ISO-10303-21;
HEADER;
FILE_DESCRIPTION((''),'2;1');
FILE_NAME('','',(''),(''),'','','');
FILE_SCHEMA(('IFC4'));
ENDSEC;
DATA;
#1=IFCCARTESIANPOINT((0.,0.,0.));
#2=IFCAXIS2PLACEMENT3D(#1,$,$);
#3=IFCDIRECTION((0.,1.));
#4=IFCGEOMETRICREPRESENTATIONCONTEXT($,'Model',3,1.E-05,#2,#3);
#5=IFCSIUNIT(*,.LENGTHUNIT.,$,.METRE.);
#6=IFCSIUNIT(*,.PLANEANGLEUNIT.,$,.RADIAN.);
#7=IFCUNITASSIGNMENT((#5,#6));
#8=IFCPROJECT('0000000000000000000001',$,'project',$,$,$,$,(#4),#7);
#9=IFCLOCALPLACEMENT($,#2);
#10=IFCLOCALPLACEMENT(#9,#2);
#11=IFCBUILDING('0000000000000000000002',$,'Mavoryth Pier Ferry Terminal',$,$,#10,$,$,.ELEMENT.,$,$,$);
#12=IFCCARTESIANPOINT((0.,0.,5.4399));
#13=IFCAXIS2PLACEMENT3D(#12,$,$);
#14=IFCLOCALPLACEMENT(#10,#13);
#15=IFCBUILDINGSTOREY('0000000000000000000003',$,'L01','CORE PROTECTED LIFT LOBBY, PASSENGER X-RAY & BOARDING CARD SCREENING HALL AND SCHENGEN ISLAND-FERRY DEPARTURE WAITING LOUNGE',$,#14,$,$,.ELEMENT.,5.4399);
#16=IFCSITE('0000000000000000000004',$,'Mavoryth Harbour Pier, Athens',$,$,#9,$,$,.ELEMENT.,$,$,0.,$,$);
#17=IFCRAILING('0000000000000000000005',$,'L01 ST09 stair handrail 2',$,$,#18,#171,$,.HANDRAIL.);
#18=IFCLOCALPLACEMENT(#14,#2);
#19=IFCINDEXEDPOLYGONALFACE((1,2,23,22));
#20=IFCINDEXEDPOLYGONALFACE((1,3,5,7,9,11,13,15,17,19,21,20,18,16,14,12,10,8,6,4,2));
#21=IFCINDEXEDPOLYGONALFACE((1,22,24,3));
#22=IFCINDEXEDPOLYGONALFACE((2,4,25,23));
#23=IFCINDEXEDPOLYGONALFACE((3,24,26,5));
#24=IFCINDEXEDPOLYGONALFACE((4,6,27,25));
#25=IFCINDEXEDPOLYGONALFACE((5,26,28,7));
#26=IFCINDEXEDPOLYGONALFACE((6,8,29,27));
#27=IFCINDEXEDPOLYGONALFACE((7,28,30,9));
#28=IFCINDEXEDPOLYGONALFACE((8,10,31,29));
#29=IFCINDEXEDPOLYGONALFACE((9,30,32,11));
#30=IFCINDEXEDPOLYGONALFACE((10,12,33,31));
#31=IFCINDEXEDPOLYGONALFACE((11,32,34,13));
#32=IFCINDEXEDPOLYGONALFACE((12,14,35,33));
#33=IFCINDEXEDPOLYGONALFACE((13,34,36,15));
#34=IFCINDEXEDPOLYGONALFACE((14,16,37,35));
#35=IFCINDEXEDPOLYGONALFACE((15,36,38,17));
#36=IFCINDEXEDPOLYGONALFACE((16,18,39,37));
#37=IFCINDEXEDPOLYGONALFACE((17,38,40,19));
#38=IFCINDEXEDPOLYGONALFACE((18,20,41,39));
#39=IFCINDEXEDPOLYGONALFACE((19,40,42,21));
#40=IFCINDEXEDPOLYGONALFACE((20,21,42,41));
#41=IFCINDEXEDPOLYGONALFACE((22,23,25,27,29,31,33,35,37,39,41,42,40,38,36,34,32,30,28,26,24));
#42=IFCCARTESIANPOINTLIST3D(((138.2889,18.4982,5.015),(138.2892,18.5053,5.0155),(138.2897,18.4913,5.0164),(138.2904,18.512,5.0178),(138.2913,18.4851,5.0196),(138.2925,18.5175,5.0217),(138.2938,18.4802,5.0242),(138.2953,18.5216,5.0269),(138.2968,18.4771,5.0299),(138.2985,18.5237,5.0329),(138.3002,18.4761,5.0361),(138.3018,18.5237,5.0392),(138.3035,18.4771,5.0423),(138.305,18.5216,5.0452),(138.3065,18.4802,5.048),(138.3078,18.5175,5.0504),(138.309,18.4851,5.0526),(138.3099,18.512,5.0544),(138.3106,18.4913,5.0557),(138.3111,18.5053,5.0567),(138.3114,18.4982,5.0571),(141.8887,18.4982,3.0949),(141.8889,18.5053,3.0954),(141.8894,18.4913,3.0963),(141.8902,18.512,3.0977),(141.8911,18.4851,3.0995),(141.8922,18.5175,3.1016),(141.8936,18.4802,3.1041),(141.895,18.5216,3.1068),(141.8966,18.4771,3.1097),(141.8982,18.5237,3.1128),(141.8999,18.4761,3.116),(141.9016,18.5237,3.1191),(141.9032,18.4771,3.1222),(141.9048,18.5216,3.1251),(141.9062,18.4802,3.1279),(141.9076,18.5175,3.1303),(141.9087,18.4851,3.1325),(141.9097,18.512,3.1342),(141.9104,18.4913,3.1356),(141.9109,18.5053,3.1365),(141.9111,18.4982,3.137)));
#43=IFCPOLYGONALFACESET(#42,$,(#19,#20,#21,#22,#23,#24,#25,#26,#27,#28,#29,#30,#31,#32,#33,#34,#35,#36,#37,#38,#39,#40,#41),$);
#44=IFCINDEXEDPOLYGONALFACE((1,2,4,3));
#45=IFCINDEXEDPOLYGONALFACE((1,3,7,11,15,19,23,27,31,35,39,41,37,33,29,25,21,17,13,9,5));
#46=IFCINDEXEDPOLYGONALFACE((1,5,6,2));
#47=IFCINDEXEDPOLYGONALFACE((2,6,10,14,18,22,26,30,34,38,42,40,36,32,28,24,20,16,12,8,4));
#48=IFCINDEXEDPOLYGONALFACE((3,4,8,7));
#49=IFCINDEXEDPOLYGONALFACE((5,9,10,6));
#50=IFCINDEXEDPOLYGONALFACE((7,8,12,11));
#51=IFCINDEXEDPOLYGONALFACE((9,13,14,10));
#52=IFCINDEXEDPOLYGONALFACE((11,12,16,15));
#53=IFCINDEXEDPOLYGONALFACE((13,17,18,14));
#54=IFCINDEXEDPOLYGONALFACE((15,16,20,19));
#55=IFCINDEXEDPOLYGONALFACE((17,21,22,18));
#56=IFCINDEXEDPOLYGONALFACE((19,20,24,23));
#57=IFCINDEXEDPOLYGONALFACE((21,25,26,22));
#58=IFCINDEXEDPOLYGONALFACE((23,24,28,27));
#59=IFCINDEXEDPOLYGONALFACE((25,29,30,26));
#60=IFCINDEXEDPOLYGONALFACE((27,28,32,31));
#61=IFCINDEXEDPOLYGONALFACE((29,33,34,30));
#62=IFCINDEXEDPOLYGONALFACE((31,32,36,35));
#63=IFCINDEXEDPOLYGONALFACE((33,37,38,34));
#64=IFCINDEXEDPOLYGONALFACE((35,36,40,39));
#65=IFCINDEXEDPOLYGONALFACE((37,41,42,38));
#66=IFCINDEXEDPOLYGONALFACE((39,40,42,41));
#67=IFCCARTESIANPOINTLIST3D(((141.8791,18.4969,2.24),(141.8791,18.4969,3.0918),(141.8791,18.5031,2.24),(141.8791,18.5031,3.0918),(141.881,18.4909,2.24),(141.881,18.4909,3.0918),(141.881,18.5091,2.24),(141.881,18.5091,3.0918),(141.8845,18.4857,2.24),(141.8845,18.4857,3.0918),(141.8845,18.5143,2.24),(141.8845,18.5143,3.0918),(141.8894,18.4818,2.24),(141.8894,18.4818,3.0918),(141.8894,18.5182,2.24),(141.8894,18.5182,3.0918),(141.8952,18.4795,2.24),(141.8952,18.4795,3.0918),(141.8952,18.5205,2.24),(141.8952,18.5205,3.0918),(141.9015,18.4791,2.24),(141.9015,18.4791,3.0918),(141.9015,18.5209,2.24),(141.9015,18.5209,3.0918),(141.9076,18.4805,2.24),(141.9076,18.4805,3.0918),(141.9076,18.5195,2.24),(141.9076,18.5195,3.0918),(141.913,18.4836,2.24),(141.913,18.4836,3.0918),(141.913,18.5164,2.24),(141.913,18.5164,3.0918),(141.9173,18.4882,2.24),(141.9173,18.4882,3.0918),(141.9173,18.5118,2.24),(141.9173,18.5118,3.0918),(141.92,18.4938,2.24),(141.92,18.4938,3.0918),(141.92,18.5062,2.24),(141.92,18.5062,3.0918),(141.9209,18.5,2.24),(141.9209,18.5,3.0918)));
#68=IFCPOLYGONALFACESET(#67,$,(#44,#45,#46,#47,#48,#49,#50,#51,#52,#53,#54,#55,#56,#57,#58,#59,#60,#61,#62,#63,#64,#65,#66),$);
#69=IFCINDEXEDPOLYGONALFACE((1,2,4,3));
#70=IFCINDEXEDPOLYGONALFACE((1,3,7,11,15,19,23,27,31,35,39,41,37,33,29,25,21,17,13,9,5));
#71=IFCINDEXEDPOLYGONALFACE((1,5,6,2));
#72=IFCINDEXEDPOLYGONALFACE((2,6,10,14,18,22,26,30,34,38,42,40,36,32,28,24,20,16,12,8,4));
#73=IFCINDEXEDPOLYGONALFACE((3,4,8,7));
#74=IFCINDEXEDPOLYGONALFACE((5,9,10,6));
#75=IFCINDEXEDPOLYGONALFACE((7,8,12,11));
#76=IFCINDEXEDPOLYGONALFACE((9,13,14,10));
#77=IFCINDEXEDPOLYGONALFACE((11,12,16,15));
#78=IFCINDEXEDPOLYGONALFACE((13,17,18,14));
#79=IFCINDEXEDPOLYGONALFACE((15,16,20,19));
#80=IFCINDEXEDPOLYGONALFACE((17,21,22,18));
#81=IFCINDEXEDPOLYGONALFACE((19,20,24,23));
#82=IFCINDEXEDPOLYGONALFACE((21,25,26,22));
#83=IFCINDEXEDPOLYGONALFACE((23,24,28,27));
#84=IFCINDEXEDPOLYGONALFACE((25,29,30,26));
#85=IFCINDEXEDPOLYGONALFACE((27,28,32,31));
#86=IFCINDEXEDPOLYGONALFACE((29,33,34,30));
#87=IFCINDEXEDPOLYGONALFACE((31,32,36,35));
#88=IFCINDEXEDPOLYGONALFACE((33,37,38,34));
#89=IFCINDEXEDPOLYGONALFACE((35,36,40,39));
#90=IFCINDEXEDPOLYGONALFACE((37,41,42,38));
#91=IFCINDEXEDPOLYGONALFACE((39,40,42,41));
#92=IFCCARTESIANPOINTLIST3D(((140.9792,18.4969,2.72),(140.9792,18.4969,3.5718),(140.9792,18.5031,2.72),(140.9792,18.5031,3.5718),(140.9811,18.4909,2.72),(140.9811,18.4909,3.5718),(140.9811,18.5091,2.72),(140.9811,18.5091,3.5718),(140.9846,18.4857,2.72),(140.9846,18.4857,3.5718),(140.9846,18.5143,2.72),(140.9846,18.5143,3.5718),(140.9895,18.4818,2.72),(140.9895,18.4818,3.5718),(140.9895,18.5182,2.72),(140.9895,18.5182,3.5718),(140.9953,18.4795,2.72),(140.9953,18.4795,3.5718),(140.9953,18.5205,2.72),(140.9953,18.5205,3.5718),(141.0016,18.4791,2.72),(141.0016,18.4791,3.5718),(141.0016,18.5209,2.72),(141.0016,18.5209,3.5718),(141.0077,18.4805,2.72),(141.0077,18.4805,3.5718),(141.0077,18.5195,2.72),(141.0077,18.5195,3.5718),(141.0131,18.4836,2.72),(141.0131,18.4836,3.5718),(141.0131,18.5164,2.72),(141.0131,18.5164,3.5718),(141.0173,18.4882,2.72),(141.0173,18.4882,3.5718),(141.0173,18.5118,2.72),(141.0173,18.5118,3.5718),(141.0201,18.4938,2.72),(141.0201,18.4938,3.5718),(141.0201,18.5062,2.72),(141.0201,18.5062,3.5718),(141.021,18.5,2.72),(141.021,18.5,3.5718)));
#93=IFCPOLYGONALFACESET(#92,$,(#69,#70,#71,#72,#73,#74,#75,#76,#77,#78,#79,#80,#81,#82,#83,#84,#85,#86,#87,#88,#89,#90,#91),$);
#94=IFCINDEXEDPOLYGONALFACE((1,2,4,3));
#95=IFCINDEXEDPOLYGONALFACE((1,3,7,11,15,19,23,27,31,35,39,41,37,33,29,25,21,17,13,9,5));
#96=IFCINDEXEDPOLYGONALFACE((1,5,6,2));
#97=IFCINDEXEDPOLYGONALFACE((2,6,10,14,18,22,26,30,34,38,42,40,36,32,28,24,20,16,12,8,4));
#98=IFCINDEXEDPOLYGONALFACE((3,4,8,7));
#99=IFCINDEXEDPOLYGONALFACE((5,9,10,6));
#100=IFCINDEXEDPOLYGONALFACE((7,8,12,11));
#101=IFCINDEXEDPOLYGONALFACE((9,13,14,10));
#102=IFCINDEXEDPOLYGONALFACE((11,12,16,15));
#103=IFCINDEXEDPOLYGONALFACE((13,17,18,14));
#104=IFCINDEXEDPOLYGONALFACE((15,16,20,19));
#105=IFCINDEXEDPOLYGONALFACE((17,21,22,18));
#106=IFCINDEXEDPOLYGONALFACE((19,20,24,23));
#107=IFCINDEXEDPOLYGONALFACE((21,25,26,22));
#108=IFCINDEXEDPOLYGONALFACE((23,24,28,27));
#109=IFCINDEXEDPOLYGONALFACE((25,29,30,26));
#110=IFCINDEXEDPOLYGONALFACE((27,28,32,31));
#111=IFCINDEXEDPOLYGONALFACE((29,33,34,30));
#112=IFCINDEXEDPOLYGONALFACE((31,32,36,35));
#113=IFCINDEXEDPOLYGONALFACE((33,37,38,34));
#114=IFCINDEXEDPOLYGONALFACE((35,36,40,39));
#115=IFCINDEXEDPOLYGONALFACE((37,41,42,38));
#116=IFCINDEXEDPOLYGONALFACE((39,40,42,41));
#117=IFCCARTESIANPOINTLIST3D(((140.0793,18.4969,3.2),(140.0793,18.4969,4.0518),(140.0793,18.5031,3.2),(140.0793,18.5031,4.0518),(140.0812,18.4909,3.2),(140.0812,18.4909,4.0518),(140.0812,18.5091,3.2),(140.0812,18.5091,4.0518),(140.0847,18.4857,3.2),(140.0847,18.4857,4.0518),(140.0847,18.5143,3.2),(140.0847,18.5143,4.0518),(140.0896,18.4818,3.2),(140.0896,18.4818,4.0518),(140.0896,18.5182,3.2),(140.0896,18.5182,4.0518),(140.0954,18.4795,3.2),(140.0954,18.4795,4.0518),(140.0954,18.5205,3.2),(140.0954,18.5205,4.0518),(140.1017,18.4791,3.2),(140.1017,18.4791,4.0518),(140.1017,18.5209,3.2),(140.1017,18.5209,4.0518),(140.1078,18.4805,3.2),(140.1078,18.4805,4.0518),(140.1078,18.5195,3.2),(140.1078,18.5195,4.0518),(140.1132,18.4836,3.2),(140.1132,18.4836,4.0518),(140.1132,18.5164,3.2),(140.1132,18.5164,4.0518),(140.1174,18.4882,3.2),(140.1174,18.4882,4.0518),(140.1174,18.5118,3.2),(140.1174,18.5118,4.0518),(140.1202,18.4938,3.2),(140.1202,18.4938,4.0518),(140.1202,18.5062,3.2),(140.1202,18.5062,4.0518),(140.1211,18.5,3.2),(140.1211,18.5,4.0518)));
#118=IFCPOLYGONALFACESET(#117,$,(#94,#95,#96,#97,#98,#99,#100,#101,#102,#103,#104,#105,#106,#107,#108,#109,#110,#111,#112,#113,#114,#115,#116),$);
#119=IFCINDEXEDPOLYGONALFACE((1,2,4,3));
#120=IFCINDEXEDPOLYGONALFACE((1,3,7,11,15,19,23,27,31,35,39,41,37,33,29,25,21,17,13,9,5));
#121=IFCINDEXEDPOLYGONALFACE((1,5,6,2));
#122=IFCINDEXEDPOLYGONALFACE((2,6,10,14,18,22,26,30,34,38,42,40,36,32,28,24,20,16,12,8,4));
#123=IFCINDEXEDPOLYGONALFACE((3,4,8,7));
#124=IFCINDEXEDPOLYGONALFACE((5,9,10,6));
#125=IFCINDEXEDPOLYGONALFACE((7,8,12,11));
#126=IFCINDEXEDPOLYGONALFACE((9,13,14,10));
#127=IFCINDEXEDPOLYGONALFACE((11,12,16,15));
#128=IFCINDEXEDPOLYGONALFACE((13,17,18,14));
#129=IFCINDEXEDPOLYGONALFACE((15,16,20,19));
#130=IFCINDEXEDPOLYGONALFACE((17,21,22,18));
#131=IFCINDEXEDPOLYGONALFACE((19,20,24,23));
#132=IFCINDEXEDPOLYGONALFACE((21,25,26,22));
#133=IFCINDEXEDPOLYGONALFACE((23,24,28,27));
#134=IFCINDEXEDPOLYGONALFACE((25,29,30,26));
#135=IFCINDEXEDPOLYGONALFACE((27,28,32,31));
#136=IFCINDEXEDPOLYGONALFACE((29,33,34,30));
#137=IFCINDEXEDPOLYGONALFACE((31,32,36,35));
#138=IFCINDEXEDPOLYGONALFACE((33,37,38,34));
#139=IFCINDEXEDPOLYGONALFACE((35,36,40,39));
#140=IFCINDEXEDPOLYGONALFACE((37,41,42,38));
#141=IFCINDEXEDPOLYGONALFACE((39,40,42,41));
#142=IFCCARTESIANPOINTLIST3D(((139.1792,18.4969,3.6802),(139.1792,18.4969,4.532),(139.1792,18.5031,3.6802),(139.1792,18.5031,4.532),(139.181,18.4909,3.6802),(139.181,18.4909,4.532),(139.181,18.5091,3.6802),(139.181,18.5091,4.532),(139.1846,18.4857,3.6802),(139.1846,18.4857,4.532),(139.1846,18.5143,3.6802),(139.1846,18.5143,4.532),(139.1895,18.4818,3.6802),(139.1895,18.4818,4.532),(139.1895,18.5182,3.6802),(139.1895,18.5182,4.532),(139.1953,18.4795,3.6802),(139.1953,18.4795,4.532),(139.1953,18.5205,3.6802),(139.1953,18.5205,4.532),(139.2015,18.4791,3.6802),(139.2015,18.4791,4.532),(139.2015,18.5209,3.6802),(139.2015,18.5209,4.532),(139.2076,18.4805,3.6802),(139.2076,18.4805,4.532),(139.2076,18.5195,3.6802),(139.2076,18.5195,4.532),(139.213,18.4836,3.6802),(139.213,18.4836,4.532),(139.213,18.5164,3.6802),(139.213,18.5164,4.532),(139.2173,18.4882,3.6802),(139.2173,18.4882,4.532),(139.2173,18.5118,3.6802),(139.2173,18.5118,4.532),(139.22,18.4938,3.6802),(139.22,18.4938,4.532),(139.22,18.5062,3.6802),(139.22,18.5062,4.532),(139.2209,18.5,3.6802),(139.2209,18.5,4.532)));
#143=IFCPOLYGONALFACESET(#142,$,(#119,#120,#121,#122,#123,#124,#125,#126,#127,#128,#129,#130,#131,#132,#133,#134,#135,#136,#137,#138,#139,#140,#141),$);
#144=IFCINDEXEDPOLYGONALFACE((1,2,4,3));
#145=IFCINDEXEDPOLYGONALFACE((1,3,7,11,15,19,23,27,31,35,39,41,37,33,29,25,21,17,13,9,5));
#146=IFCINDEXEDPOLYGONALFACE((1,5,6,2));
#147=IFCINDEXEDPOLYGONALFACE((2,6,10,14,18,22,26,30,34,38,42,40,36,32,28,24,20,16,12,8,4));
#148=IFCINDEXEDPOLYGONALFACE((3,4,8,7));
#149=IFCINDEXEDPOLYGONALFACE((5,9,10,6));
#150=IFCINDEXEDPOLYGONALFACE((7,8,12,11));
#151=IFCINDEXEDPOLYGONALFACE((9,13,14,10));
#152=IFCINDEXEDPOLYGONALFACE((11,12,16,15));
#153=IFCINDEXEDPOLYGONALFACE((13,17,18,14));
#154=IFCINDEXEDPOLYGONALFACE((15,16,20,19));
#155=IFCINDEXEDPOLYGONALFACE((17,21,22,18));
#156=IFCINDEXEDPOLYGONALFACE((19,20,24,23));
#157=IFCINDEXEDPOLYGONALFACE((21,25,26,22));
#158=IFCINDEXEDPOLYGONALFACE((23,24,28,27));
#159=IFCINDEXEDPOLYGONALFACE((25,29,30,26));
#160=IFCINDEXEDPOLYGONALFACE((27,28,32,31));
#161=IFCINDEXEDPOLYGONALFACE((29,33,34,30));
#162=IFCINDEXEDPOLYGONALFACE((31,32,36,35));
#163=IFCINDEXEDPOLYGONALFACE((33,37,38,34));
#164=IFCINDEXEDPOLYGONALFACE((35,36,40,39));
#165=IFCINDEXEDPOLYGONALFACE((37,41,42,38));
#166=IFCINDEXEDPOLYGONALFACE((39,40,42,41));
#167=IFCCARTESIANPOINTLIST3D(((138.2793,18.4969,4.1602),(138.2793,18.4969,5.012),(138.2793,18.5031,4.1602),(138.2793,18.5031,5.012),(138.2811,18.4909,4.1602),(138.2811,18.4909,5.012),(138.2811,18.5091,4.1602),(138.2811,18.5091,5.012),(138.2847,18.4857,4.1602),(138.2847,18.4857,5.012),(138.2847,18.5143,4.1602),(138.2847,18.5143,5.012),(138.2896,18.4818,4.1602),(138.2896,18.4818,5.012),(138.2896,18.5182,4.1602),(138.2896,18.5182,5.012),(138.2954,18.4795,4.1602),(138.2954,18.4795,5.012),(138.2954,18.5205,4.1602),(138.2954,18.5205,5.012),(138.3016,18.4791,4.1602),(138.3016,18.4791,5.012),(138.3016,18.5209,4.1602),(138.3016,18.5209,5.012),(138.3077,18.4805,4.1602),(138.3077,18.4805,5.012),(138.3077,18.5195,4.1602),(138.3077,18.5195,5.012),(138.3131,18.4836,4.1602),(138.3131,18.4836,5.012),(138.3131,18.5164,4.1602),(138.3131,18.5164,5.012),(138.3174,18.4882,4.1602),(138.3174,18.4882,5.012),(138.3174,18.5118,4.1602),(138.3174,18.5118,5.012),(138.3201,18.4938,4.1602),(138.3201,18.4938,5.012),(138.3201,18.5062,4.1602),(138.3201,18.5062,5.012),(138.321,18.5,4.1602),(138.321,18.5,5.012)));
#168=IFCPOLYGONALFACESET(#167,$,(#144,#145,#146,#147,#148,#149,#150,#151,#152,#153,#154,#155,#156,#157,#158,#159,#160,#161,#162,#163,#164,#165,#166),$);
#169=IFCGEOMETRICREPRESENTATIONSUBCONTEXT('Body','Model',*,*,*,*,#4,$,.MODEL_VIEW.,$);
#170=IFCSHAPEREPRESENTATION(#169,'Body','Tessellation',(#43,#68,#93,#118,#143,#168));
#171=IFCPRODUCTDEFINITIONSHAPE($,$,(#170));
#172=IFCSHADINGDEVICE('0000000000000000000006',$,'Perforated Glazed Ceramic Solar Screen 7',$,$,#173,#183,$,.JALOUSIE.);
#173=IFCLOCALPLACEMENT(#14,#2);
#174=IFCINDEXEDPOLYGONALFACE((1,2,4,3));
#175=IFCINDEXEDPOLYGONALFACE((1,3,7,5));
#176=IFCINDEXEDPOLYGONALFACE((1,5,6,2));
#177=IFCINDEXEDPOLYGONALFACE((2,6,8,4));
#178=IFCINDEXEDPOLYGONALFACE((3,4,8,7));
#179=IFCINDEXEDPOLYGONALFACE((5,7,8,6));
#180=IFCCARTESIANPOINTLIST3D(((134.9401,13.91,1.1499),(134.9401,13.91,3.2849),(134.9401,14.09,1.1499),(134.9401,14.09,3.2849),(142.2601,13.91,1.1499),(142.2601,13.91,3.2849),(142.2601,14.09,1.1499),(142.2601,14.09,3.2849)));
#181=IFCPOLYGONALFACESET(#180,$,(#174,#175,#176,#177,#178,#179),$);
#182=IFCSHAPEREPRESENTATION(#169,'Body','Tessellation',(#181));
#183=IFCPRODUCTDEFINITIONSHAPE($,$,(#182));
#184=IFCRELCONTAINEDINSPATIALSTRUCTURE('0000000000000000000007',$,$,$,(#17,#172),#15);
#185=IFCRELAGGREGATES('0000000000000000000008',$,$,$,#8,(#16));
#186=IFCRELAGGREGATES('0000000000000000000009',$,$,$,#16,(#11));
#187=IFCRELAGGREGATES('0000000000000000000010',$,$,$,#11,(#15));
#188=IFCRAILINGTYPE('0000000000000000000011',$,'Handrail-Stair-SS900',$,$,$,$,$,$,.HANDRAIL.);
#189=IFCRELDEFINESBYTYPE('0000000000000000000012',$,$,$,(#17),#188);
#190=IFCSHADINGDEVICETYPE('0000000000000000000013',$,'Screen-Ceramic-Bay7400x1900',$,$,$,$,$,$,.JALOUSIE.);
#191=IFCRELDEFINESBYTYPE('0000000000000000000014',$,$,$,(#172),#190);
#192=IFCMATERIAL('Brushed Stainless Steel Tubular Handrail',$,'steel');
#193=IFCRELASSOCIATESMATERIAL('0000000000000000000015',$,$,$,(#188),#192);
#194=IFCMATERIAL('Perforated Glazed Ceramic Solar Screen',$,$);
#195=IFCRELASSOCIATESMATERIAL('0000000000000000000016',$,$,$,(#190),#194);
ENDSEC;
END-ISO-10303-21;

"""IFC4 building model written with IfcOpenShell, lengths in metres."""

from ifc_helpers import new_model, si_unit, direction, frame, origin, origin_2d, place, context, subcontext, project, spatial, rectangle, circle, extrude, material, type_object, element, save


model = new_model("IFC4")

# Units and contexts
model_context = context("Model", 3, precision=1e-05, world=origin(), true_north=direction((0.0, 1.0)))
body_context = subcontext(model_context, "Body", "Model", "MODEL_VIEW")
ifc_project = project(units=[si_unit("LENGTHUNIT", "METRE"), si_unit("PLANEANGLEUNIT", "RADIAN")], contexts=[model_context])

# Site, building, storey
site_placement = place(None, origin())
site = spatial("IfcSite", under=ifc_project, at=site_placement, Name="Mavoryth Harbour Pier, Athens", CompositionType="ELEMENT", RefElevation=0.0)
building_placement = place(site_placement, origin())
building = spatial("IfcBuilding", under=site, at=building_placement, Name="Mavoryth Pier Ferry Terminal", CompositionType="ELEMENT")
storey_placement = place(building_placement, frame((0.0, 0.0, 5.4399)))
storey = spatial("IfcBuildingStorey", under=building, at=storey_placement, Name="L01", Description="CORE PROTECTED LIFT LOBBY, PASSENGER X-RAY & BOARDING CARD SCREENING HALL AND SCHENGEN ISLAND-FERRY DEPARTURE WAITING LOUNGE", CompositionType="ELEMENT", Elevation=5.4399)

# Railing
ifc_material_1 = material(Name="Brushed Stainless Steel Tubular Handrail", Category="steel")
railing_type_1 = type_object("IfcRailingType", Name="Handrail-Stair-SS900", PredefinedType="HANDRAIL", material=ifc_material_1)
railing_1_placement = place(storey_placement, frame((141.8999, 18.5, 2.24)))
element("IfcRailing", 1, at=railing_1_placement, inside=storey, type_object=railing_type_1, Name="L01 ST09 stair handrail 2", PredefinedType="HANDRAIL", context=body_context, shape_type="SweptSolid", body=[
    extrude(circle(Radius=0.0239, at=origin_2d()), frame((0.0, 0.0, 0.876), z_axis=(-0.882328, 0.0, 0.470635), x_axis=(0.0, -1.0, 0.0)), (0.0, 0.0, 1.0), 4.0798),
    extrude(circle(Radius=0.021, at=origin_2d()), origin(), (0.0, 0.0, 1.0), 0.8518),
    extrude(circle(Radius=0.021, at=origin_2d()), frame((-0.8999, 0.0, 0.48)), (0.0, 0.0, 1.0), 0.8518),
    extrude(circle(Radius=0.021, at=origin_2d()), frame((-1.7998, 0.0, 0.96)), (0.0, 0.0, 1.0), 0.8518),
    extrude(circle(Radius=0.021, at=origin_2d()), frame((-2.7, 0.0, 1.4402)), (0.0, 0.0, 1.0), 0.8518),
    extrude(circle(Radius=0.021, at=origin_2d()), frame((-3.5999, 0.0, 1.9202)), (0.0, 0.0, 1.0), 0.8518),
])

# Shading device
ifc_material_2 = material(Name="Perforated Glazed Ceramic Solar Screen")
shading_device_type = type_object("IfcShadingDeviceType", Name="Screen-Ceramic-Bay7400x1900", PredefinedType="JALOUSIE", material=ifc_material_2)
shading_device_placement = place(storey_placement, frame((138.6001, 14.0, 1.1499), z_axis=(0.0, 0.0, 1.0), x_axis=(1.0, 0.0, 0.0)))
element("IfcShadingDevice", 2, at=shading_device_placement, inside=storey, type_object=shading_device_type, Name="Perforated Glazed Ceramic Solar Screen 7", PredefinedType="JALOUSIE", context=body_context, shape_type="SweptSolid", body=[
    extrude(rectangle(XDim=7.3201, YDim=0.1799, at=origin_2d()), origin(), (0.0, 0.0, 1.0), 2.135),
])

save(model, "model.ifc")
